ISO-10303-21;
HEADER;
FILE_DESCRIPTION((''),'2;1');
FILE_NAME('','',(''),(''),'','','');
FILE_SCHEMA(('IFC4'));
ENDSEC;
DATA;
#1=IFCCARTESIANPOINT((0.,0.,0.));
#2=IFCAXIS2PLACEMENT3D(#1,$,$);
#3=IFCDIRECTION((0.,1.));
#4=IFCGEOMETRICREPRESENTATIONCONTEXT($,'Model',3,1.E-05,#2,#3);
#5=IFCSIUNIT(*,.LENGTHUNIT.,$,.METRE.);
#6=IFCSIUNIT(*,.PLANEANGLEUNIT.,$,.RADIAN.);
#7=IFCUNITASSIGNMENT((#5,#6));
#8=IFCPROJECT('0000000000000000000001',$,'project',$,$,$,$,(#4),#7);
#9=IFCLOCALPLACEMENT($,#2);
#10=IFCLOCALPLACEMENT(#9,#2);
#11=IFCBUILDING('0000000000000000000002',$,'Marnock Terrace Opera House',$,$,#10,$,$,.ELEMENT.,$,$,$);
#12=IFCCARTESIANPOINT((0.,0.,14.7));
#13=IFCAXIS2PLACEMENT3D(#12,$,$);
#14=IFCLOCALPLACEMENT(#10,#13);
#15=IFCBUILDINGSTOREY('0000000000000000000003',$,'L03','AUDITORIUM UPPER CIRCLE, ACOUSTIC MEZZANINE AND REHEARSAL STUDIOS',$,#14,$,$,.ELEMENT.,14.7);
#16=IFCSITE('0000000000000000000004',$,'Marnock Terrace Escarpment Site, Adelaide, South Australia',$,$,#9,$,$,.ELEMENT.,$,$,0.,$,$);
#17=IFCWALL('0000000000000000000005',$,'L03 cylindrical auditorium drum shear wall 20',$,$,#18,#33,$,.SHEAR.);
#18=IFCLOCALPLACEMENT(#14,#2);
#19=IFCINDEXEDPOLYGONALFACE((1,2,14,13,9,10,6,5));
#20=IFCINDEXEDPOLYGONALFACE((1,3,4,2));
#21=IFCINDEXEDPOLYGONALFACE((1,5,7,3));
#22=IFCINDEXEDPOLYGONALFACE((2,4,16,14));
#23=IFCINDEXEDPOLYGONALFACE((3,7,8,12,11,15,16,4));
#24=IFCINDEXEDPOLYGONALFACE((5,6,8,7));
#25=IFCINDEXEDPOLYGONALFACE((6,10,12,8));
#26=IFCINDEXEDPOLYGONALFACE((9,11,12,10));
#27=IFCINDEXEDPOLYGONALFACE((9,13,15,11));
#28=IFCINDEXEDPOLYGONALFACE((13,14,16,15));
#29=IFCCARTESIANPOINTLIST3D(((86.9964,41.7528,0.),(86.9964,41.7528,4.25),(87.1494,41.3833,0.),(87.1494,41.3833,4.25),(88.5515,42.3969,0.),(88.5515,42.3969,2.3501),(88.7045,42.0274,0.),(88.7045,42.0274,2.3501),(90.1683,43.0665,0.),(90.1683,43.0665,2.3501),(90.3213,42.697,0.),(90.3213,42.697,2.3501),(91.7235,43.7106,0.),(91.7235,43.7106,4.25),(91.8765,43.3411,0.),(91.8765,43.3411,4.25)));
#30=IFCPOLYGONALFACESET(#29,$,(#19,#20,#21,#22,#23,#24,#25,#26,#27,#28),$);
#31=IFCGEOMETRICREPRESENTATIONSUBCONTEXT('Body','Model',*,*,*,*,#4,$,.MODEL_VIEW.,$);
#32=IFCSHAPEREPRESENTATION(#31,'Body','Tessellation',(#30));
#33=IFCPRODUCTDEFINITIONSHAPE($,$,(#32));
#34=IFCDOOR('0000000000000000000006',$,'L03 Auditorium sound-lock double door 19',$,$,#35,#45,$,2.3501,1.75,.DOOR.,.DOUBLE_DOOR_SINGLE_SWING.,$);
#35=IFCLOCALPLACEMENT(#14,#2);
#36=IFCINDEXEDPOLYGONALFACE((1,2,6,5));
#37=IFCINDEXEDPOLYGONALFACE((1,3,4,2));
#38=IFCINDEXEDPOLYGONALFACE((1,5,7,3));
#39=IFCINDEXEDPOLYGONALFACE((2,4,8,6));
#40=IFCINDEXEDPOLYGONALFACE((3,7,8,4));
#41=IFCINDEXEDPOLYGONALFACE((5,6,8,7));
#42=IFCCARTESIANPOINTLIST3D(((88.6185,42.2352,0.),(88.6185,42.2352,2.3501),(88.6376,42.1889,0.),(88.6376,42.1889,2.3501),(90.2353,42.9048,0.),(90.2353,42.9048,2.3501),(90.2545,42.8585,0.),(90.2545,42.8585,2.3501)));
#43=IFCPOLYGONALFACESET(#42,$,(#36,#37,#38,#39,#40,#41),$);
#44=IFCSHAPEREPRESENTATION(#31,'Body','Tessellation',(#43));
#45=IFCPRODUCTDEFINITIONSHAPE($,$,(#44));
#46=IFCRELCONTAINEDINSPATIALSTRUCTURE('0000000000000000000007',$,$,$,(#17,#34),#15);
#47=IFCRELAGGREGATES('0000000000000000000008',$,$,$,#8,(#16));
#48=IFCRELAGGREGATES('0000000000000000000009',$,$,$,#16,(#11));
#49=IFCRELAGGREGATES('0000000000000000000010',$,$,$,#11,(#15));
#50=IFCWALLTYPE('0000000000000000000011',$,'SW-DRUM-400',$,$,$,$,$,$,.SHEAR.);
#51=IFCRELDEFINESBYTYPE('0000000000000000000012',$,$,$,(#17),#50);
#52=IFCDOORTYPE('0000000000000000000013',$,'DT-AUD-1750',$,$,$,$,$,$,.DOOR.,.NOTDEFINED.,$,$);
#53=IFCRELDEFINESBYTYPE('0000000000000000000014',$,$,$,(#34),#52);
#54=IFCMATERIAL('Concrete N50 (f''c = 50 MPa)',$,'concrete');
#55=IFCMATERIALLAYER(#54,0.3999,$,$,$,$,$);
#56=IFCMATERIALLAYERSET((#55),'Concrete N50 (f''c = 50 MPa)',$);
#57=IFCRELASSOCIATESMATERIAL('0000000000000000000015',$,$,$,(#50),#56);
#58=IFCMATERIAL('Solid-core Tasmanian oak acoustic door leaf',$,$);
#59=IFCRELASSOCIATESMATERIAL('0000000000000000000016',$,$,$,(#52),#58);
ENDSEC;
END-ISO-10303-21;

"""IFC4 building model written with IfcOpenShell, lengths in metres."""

from ifc_helpers import new_model, si_unit, direction, frame, frame_2d, origin, place, context, subcontext, project, spatial, rectangle, extrude, material, layer, layer_set, type_object, element, fill, save


model = new_model("IFC4")

# Units and contexts
model_context = context("Model", 3, precision=1e-05, world=origin(), true_north=direction((0.0, 1.0)))
body_context = subcontext(model_context, "Body", "Model", "MODEL_VIEW")
ifc_project = project(units=[si_unit("LENGTHUNIT", "METRE"), si_unit("PLANEANGLEUNIT", "RADIAN")], contexts=[model_context])

# Site, building, storey
site_placement = place(None, origin())
site = spatial("IfcSite", under=ifc_project, at=site_placement, Name="Marnock Terrace Escarpment Site, Adelaide, South Australia", CompositionType="ELEMENT", RefElevation=0.0)
building_placement = place(site_placement, origin())
building = spatial("IfcBuilding", under=site, at=building_placement, Name="Marnock Terrace Opera House", CompositionType="ELEMENT")
storey_placement = place(building_placement, frame((0.0, 0.0, 14.7)))
storey = spatial("IfcBuildingStorey", under=building, at=storey_placement, Name="L03", Description="AUDITORIUM UPPER CIRCLE, ACOUSTIC MEZZANINE AND REHEARSAL STUDIOS", CompositionType="ELEMENT", Elevation=14.7)

# Shared definitions
ifc_material_1 = material(Name="Concrete N50 (f'c = 50 MPa)", Category="concrete")

# Shared definitions
ifc_layer_1 = layer(ifc_material_1, 0.3999)
ifc_layer_set_1 = layer_set([ifc_layer_1], Name="Concrete N50 (f'c = 50 MPa)")
wall_type_1 = type_object("IfcWallType", Name="SW-DRUM-400", PredefinedType="SHEAR", material=ifc_layer_set_1)

# Wall, opening, door
wall_1_placement = place(storey_placement, frame((87.073, 41.5681, 0.0), z_axis=(0.0, 0.0, 1.0), x_axis=(0.923896, 0.382643, 0.0)))
wall_1 = element("IfcWall", 1, at=wall_1_placement, inside=storey, type_object=wall_type_1, Name="L03 cylindrical auditorium drum shear wall 20", PredefinedType="SHEAR", context=body_context, shape_type="SweptSolid", body=[
    extrude(rectangle(XDim=5.1165, YDim=0.3999, at=frame_2d((2.5581, 0.0))), origin(), (0.0, 0.0, 1.0), 4.25),
])
opening_1_placement = place(wall_1_placement, frame((1.6831, 0.0, 0.0)))
opening_1 = element("IfcOpeningElement", 2, at=opening_1_placement, cuts=wall_1, PredefinedType="OPENING", context=body_context, shape_type="SweptSolid", body=[
    extrude(rectangle(XDim=1.75, YDim=2.3501, at=frame_2d((0.875, 1.175))), frame((0.0, 0.21, 0.0), z_axis=(0.0, -1.0, 0.0), x_axis=(1.0, 0.0, 0.0)), (0.0, 0.0, 1.0), 0.4199),
])
ifc_material_2 = material(Name="Solid-core Tasmanian oak acoustic door leaf")
door_type_1 = type_object("IfcDoorType", Name="DT-AUD-1750", OperationType="NOTDEFINED", PredefinedType="DOOR", material=ifc_material_2)
door_1_placement = place(opening_1_placement, origin())
door_1 = element("IfcDoor", 3, at=door_1_placement, inside=storey, type_object=door_type_1, Name="L03 Auditorium sound-lock double door 19", OperationType="DOUBLE_DOOR_SINGLE_SWING", OverallHeight=2.3501, OverallWidth=1.75, PredefinedType="DOOR", context=body_context, shape_type="SweptSolid", body=[
    extrude(rectangle(XDim=1.75, YDim=2.3501, at=frame_2d((0.875, 1.175))), frame((0.0, 0.0249, 0.0), z_axis=(0.0, -1.0, 0.0), x_axis=(1.0, 0.0, 0.0)), (0.0, 0.0, 1.0), 0.05),
])
fill(opening_1, door_1)

save(model, "model.ifc")
